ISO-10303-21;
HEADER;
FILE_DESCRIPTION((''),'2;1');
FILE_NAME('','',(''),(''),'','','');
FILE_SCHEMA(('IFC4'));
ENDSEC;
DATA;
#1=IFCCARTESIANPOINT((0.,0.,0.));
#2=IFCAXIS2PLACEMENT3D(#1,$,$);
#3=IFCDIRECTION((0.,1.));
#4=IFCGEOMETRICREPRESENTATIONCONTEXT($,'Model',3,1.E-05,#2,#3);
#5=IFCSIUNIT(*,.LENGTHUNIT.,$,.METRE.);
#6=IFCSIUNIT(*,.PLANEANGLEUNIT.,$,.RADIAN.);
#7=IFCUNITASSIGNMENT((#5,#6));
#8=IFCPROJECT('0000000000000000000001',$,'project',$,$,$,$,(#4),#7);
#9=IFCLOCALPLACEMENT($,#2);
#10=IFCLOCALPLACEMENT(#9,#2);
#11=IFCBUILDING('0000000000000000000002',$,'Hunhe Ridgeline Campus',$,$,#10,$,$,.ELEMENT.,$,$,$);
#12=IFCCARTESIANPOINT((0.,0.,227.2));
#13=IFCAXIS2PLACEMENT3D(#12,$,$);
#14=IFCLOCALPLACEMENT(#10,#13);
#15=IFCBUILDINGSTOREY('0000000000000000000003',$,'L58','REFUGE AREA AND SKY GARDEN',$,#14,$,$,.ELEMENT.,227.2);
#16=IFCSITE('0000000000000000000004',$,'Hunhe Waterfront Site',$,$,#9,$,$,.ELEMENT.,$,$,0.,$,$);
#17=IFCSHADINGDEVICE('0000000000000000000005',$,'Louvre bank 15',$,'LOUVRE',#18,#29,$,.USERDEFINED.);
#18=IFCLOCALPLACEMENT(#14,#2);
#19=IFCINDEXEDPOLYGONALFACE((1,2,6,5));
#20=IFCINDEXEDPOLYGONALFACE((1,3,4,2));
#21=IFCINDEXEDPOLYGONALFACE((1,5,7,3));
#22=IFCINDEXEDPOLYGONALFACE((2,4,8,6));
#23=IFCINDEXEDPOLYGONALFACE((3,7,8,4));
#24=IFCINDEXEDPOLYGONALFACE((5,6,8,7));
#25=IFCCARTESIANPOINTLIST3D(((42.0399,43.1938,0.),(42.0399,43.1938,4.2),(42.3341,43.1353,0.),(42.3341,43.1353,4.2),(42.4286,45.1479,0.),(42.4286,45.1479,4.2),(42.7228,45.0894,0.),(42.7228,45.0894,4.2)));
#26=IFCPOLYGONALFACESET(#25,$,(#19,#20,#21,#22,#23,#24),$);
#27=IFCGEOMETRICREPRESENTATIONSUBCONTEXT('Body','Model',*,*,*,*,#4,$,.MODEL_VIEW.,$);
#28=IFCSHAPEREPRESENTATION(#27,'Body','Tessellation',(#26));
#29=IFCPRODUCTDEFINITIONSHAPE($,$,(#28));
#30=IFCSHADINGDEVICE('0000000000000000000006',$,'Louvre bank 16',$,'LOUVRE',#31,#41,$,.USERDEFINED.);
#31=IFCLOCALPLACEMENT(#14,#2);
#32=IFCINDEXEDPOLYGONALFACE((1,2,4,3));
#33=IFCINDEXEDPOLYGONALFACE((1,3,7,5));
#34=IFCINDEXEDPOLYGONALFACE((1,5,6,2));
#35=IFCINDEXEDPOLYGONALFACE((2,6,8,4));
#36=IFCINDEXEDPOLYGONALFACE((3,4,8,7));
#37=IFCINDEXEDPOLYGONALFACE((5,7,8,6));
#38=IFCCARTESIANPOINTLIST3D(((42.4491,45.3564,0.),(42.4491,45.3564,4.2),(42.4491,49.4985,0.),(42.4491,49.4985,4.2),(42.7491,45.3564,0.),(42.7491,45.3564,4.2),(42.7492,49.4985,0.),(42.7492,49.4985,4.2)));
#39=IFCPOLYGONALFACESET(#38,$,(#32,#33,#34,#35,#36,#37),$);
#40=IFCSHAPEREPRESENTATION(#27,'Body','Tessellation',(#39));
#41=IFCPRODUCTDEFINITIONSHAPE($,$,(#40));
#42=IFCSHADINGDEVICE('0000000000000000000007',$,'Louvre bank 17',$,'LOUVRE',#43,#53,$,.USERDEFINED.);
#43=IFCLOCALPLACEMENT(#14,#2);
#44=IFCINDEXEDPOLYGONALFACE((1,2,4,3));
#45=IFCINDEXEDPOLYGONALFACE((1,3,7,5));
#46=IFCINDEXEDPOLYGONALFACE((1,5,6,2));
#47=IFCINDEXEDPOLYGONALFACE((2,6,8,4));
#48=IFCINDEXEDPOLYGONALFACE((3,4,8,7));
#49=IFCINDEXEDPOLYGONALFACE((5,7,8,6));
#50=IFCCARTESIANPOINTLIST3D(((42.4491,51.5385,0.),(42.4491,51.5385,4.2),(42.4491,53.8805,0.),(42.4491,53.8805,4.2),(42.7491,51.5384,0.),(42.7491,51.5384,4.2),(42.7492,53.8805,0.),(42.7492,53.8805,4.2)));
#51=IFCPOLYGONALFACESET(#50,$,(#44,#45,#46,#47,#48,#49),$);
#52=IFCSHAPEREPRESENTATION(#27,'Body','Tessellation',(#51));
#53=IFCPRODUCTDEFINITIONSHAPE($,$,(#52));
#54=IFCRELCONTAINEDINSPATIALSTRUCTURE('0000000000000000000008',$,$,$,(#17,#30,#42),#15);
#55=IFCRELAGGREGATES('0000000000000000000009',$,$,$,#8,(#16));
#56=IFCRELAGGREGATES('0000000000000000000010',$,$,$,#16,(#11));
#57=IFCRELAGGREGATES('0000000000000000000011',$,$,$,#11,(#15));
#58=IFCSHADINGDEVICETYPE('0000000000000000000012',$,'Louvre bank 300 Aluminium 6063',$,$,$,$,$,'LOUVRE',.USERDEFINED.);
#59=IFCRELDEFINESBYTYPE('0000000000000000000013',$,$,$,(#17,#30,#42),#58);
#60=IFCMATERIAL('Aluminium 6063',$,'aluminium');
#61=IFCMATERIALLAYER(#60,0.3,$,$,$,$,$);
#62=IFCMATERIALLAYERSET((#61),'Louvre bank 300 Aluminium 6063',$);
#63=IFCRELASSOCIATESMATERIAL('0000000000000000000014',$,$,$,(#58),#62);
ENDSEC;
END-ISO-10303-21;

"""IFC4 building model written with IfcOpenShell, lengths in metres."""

from ifc_helpers import new_model, si_unit, direction, frame, origin, origin_2d, place, context, subcontext, project, spatial, rectangle, extrude, material, layer, layer_set, type_object, element, save


model = new_model("IFC4")

# Units and contexts
model_context = context("Model", 3, precision=1e-05, world=origin(), true_north=direction((0.0, 1.0)))
body_context = subcontext(model_context, "Body", "Model", "MODEL_VIEW")
ifc_project = project(units=[si_unit("LENGTHUNIT", "METRE"), si_unit("PLANEANGLEUNIT", "RADIAN")], contexts=[model_context])

# Site, building, storey
site_placement = place(None, origin())
site = spatial("IfcSite", under=ifc_project, at=site_placement, Name="Hunhe Waterfront Site", CompositionType="ELEMENT", RefElevation=0.0)
building_placement = place(site_placement, origin())
building = spatial("IfcBuilding", under=site, at=building_placement, Name="Hunhe Ridgeline Campus", CompositionType="ELEMENT")
storey_placement = place(building_placement, frame((0.0, 0.0, 227.2)))
storey = spatial("IfcBuildingStorey", under=building, at=storey_placement, Name="L58", Description="REFUGE AREA AND SKY GARDEN", CompositionType="ELEMENT", Elevation=227.2)

# Shared definitions
ifc_material_1 = material(Name="Aluminium 6063", Category="aluminium")

# Shading devices
ifc_layer_1 = layer(ifc_material_1, 0.3)
ifc_layer_set_1 = layer_set([ifc_layer_1], Name="Louvre bank 300 Aluminium 6063")
shading_device_type = type_object("IfcShadingDeviceType", Name="Louvre bank 300 Aluminium 6063", ElementType="LOUVRE", PredefinedType="USERDEFINED", material=ifc_layer_set_1)
shading_device_1_placement = place(storey_placement, frame((42.3813, 44.1416, 0.0), z_axis=(0.0, 0.0, 1.0), x_axis=(0.19509, 0.980785, 0.0)))
element("IfcShadingDevice", 1, at=shading_device_1_placement, inside=storey, type_object=shading_device_type, Name="Louvre bank 15", ObjectType="LOUVRE", PredefinedType="USERDEFINED", context=body_context, shape_type="SweptSolid", body=[
    extrude(rectangle(XDim=1.9924, YDim=0.3, at=origin_2d()), origin(), (0.0, 0.0, 1.0), 4.2),
])
shading_device_2_placement = place(storey_placement, frame((42.5991, 47.4275, 0.0), z_axis=(0.0, 0.0, 1.0), x_axis=(0.000019, 1.0, 0.0)))
element("IfcShadingDevice", 2, at=shading_device_2_placement, inside=storey, type_object=shading_device_type, Name="Louvre bank 16", ObjectType="LOUVRE", PredefinedType="USERDEFINED", context=body_context, shape_type="SweptSolid", body=[
    extrude(rectangle(XDim=4.1421, YDim=0.3, at=origin_2d()), origin(), (0.0, 0.0, 1.0), 4.2),
])
shading_device_3_placement = place(storey_placement, frame((42.5991, 52.7095, 0.0), z_axis=(0.0, 0.0, 1.0), x_axis=(0.000019, 1.0, 0.0)))
element("IfcShadingDevice", 3, at=shading_device_3_placement, inside=storey, type_object=shading_device_type, Name="Louvre bank 17", ObjectType="LOUVRE", PredefinedType="USERDEFINED", context=body_context, shape_type="SweptSolid", body=[
    extrude(rectangle(XDim=2.342, YDim=0.3, at=origin_2d()), origin(), (0.0, 0.0, 1.0), 4.2),
])

save(model, "model.ifc")
